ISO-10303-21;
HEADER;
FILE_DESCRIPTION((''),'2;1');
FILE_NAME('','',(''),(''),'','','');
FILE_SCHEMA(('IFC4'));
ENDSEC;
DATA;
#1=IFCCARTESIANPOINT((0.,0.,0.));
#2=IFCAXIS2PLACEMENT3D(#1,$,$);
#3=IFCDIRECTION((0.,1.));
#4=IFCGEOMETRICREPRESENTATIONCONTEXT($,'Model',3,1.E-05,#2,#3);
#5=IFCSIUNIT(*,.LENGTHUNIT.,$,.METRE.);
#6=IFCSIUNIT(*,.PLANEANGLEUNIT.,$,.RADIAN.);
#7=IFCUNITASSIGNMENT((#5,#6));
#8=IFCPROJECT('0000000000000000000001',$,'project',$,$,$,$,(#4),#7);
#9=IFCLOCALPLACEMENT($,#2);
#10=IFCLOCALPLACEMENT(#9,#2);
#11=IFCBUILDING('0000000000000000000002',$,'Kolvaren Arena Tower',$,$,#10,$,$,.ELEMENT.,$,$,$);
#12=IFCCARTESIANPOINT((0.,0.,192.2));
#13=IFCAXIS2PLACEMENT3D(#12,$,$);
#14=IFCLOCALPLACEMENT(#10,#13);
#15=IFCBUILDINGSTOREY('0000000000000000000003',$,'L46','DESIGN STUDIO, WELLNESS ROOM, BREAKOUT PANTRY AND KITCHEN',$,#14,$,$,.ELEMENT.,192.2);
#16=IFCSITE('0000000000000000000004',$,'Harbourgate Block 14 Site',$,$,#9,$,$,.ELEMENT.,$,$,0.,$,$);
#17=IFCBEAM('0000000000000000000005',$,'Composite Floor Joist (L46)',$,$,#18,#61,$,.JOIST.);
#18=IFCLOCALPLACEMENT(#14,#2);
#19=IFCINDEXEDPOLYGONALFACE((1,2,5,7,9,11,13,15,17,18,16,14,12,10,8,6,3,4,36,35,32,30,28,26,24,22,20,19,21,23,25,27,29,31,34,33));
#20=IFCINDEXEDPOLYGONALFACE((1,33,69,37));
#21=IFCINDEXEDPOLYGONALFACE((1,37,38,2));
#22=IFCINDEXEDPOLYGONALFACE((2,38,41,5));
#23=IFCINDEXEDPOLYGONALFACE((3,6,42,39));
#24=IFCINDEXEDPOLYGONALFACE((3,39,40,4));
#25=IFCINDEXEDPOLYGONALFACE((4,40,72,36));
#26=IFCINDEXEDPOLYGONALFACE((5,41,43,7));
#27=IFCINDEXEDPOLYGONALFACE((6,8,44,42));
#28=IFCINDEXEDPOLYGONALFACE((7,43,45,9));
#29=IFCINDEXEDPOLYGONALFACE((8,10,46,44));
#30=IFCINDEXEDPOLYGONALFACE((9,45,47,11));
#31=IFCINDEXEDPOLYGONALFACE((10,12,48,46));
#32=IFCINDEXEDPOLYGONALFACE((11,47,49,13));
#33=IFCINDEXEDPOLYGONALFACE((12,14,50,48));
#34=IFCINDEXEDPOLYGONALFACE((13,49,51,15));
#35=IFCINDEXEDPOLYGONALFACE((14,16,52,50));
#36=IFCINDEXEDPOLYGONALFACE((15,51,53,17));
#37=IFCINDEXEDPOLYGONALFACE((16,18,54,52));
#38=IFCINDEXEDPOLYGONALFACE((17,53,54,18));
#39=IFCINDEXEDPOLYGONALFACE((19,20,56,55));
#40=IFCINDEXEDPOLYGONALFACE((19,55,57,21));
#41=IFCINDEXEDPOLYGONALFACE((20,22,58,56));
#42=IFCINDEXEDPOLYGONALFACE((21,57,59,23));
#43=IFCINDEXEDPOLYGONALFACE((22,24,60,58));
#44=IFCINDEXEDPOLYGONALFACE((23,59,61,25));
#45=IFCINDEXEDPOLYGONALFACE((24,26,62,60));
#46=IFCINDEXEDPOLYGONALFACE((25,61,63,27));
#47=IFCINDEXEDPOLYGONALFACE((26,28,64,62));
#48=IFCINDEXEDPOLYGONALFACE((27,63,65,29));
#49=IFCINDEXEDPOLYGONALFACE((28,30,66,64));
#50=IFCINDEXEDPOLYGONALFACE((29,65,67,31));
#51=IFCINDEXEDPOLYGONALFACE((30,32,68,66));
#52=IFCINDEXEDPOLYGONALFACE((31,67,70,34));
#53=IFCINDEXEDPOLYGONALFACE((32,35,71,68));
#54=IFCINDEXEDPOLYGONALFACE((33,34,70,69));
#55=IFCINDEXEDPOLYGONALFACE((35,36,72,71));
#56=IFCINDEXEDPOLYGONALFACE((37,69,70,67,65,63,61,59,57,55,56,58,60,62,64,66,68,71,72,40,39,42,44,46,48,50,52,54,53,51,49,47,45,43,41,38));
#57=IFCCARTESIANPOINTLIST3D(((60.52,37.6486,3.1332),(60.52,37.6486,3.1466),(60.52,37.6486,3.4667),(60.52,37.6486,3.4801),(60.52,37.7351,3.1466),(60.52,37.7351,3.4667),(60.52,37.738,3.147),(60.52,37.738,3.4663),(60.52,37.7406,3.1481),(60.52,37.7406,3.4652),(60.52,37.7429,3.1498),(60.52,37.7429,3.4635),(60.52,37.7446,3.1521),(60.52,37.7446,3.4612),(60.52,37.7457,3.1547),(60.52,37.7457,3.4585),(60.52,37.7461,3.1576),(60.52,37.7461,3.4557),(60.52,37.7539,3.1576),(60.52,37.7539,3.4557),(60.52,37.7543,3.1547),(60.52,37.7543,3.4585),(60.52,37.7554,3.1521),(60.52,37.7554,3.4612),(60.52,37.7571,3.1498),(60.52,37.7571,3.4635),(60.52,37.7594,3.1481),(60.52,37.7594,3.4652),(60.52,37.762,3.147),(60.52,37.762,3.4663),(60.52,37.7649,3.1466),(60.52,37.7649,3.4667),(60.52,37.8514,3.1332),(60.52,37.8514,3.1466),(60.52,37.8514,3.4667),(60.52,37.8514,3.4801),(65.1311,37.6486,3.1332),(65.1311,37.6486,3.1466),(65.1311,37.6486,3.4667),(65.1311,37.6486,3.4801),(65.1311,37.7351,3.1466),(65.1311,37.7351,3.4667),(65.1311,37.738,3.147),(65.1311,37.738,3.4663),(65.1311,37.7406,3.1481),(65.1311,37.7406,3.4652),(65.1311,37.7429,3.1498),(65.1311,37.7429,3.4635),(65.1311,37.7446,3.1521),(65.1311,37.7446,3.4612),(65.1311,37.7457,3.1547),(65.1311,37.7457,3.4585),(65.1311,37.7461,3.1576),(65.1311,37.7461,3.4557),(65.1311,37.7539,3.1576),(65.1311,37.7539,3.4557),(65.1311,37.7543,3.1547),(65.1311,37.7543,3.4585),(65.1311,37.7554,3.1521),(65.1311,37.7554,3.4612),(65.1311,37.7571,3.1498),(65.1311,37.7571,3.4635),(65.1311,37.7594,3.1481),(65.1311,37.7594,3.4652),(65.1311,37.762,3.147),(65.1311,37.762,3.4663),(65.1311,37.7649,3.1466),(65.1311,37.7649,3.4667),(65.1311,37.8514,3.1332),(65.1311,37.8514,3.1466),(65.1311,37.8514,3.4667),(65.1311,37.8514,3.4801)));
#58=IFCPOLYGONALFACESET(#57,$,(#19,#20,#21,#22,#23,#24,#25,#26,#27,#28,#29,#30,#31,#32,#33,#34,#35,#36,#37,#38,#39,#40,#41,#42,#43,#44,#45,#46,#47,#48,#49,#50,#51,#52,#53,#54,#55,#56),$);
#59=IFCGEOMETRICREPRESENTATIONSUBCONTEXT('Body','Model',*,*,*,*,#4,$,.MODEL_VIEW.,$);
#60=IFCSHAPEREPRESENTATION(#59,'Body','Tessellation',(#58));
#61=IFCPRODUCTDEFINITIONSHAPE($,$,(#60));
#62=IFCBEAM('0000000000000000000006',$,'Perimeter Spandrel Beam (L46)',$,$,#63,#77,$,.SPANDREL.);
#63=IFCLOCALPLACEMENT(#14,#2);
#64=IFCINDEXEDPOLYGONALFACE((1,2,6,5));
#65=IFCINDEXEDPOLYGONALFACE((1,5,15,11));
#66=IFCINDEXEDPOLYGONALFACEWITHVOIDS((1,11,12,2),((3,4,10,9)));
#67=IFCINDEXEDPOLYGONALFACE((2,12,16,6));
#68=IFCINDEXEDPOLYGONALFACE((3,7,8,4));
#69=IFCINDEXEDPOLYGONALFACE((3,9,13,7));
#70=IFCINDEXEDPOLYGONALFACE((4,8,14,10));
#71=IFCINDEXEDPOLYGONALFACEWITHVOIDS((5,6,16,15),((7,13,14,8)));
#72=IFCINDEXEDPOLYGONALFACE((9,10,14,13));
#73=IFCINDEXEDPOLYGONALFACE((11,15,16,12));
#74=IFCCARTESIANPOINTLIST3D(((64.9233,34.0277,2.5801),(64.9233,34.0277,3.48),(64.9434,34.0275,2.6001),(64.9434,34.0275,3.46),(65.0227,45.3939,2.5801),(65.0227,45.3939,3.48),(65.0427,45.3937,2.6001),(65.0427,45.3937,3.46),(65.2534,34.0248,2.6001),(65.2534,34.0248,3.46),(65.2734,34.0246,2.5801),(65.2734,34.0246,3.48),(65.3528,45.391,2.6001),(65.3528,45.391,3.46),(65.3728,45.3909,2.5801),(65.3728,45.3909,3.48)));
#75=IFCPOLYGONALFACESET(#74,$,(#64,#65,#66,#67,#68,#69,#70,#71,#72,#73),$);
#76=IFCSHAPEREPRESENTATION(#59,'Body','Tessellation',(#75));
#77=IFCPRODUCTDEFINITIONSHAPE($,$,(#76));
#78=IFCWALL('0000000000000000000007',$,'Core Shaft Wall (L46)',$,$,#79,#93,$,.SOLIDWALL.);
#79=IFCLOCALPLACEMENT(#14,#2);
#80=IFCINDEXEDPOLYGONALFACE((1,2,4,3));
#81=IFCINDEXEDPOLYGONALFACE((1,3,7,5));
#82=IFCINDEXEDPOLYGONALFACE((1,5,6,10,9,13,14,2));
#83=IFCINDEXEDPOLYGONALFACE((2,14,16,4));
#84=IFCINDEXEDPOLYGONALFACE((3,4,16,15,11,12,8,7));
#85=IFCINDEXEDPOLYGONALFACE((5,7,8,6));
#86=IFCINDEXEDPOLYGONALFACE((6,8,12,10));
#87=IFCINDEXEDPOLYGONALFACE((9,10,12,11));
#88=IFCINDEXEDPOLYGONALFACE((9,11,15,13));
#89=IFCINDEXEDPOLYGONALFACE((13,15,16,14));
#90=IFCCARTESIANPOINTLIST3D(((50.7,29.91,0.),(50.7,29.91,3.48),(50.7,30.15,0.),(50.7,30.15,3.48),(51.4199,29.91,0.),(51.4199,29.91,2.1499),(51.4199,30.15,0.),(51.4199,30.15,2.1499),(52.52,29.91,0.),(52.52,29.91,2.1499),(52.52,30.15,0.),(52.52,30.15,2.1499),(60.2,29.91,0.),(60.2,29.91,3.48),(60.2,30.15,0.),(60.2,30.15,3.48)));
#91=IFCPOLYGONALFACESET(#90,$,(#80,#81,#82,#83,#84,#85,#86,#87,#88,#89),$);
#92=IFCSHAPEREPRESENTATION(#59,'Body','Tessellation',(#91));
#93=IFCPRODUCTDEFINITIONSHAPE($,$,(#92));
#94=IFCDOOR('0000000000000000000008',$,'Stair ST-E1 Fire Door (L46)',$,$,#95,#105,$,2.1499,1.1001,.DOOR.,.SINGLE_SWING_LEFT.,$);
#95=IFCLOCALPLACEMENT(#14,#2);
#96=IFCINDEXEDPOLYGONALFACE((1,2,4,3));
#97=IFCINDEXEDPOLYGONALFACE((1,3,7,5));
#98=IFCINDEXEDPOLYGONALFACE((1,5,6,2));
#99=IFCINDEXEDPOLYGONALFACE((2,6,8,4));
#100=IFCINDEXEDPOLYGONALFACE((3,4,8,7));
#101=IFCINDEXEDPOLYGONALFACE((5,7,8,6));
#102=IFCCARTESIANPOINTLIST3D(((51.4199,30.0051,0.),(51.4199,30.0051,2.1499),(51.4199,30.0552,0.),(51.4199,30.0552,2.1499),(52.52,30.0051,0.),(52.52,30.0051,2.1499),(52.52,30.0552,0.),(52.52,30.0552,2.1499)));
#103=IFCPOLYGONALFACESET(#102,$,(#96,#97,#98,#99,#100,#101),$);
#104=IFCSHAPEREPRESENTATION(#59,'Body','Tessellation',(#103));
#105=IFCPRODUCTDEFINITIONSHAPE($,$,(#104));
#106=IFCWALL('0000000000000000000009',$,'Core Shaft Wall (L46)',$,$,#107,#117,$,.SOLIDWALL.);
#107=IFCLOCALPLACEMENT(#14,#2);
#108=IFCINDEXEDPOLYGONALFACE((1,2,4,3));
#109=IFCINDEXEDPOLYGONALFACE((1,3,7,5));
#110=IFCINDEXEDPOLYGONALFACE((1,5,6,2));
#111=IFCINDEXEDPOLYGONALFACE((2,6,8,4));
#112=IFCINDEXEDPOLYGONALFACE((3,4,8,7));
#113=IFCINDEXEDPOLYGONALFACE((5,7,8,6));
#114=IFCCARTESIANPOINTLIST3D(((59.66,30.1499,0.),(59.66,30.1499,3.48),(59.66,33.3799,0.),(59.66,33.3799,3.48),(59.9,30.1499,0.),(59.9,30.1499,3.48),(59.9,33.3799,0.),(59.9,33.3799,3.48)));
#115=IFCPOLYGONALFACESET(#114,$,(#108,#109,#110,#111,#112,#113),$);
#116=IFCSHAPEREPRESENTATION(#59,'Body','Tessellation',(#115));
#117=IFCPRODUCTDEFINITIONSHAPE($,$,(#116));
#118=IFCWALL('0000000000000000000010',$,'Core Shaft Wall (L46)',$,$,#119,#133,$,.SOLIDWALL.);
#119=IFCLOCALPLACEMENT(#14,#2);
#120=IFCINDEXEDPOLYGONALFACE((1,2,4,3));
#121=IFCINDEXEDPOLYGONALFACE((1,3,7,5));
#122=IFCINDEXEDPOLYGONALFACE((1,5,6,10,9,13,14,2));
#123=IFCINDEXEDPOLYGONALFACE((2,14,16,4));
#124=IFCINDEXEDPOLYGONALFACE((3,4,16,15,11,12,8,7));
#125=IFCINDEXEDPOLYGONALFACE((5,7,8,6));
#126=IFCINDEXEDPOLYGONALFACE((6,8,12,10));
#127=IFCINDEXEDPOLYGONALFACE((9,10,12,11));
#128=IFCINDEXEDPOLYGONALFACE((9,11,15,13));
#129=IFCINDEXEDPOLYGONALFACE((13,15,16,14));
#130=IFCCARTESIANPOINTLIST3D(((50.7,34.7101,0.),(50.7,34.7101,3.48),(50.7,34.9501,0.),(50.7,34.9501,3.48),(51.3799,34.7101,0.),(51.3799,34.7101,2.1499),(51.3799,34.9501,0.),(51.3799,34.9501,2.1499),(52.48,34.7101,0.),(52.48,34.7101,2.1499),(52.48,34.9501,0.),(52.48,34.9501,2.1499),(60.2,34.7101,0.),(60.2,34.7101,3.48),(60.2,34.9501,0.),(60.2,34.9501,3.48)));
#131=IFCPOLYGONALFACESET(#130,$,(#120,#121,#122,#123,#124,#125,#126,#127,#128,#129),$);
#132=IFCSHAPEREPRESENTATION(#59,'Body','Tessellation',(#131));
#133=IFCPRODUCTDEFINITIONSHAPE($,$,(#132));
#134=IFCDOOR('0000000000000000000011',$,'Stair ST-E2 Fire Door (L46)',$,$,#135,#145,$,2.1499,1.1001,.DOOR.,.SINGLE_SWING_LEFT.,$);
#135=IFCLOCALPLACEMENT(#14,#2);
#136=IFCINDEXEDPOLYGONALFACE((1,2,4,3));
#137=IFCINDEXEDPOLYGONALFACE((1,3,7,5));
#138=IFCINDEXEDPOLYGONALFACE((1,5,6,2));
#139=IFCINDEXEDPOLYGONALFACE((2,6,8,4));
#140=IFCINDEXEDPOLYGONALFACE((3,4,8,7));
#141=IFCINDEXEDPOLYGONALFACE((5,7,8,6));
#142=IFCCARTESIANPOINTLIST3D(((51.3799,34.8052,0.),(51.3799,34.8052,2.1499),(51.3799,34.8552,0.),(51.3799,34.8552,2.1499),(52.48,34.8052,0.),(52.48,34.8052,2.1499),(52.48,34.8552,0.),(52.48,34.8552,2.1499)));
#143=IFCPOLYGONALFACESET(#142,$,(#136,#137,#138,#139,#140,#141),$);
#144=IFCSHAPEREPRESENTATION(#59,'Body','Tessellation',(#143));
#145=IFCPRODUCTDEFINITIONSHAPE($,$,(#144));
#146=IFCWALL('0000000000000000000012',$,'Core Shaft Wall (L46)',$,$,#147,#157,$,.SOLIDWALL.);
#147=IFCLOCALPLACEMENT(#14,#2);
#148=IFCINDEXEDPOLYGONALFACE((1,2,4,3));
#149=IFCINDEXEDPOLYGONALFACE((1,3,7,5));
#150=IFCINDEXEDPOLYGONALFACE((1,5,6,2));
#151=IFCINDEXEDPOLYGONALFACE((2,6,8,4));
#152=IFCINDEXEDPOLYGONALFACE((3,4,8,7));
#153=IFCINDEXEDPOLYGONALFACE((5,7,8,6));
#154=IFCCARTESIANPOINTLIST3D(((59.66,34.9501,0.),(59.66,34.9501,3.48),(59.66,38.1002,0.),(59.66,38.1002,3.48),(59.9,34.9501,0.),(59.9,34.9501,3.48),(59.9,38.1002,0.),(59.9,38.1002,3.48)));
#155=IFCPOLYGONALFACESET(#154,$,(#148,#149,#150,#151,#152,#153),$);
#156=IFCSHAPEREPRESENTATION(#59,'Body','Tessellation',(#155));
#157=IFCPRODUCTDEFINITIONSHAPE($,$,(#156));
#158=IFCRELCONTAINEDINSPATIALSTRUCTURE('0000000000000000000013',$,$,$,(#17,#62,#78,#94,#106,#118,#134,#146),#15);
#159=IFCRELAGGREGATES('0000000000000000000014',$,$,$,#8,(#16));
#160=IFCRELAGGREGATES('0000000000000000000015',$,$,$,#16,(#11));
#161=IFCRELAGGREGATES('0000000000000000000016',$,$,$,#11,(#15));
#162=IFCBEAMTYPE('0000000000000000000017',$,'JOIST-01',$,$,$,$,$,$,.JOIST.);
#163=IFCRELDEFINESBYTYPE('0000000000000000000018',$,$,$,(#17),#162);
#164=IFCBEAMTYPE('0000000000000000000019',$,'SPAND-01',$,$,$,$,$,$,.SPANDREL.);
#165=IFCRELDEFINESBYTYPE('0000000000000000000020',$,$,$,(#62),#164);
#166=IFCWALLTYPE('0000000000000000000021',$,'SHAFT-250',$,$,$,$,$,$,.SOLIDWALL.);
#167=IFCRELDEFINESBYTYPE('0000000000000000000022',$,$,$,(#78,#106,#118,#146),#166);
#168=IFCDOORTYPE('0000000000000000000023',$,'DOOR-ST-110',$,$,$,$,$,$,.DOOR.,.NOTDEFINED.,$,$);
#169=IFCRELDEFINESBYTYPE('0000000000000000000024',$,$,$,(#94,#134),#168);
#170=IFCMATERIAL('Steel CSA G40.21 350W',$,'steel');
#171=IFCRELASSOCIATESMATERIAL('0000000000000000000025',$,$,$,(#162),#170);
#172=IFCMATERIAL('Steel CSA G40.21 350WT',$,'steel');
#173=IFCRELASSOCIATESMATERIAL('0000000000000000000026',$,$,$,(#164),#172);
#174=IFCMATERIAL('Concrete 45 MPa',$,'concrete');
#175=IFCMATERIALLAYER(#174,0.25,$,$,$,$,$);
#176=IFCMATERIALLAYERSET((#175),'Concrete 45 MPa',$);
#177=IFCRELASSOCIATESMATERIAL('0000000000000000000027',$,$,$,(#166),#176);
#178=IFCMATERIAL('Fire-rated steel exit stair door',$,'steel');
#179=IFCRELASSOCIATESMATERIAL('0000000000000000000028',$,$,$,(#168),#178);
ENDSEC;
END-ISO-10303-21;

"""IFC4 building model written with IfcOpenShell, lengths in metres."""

from ifc_helpers import new_model, si_unit, direction, frame, frame_2d, origin, origin_2d, place, context, subcontext, project, spatial, rectangle, hollow_rectangle, i_section, extrude, material, layer, layer_set, material_profile, profile_set, type_object, element, fill, save


model = new_model("IFC4")

# Units and contexts
model_context = context("Model", 3, precision=1e-05, world=origin(), true_north=direction((0.0, 1.0)))
body_context = subcontext(model_context, "Body", "Model", "MODEL_VIEW")
ifc_project = project(units=[si_unit("LENGTHUNIT", "METRE"), si_unit("PLANEANGLEUNIT", "RADIAN")], contexts=[model_context])

# Site, building, storey
site_placement = place(None, origin())
site = spatial("IfcSite", under=ifc_project, at=site_placement, Name="Harbourgate Block 14 Site", CompositionType="ELEMENT", RefElevation=0.0)
building_placement = place(site_placement, origin())
building = spatial("IfcBuilding", under=site, at=building_placement, Name="Kolvaren Arena Tower", CompositionType="ELEMENT")
storey_placement = place(building_placement, frame((0.0, 0.0, 192.2)))
storey = spatial("IfcBuildingStorey", under=building, at=storey_placement, Name="L46", Description="DESIGN STUDIO, WELLNESS ROOM, BREAKOUT PANTRY AND KITCHEN", CompositionType="ELEMENT", Elevation=192.2)

# Beams
ifc_material_1 = material(Name="Steel CSA G40.21 350W", Category="steel")
ifc_material_profile_1 = material_profile(ifc_material_1, i_section(OverallWidth=0.2029, OverallDepth=0.3469, WebThickness=0.0078, FlangeThickness=0.0134, FilletRadius=0.011, at=origin_2d()), Name="W360x64")
ifc_profile_set_1 = profile_set([ifc_material_profile_1], Name="Steel CSA G40.21 350W")
beam_type_1 = type_object("IfcBeamType", Name="JOIST-01", PredefinedType="JOIST", material=ifc_profile_set_1)
beam_1_placement = place(storey_placement, frame((60.52, 37.75, 3.3066), z_axis=(1.0, 0.0, 0.0), x_axis=(0.0, 1.0, 0.0)))
element("IfcBeam", 1, at=beam_1_placement, inside=storey, type_object=beam_type_1, Name="Composite Floor Joist (L46)", PredefinedType="JOIST", context=body_context, shape_type="SweptSolid", body=[
    extrude(i_section(OverallWidth=0.2029, OverallDepth=0.3469, WebThickness=0.0078, FlangeThickness=0.0134, FilletRadius=0.011, at=origin_2d()), origin(), (0.0, 0.0, 1.0), 4.6111),
])
ifc_material_2 = material(Name="Steel CSA G40.21 350WT", Category="steel")
ifc_material_profile_2 = material_profile(ifc_material_2, hollow_rectangle(XDim=0.3501, YDim=0.8999, WallThickness=0.02, at=origin_2d()), Name="HSS 900x350x20")
ifc_profile_set_2 = profile_set([ifc_material_profile_2], Name="Steel CSA G40.21 350WT")
beam_type_2 = type_object("IfcBeamType", Name="SPAND-01", PredefinedType="SPANDREL", material=ifc_profile_set_2)
beam_2_placement = place(storey_placement, frame((65.0984, 34.0261, 3.03), z_axis=(0.008742, 0.999962, 0.0), x_axis=(-0.999962, 0.008742, 0.0)))
element("IfcBeam", 2, at=beam_2_placement, inside=storey, type_object=beam_type_2, Name="Perimeter Spandrel Beam (L46)", PredefinedType="SPANDREL", context=body_context, shape_type="SweptSolid", body=[
    extrude(hollow_rectangle(XDim=0.3501, YDim=0.8999, WallThickness=0.02, at=origin_2d()), origin(), (0.0, 0.0, 1.0), 11.3667),
])

# Wall, opening, door
ifc_material_3 = material(Name="Concrete 45 MPa", Category="concrete")
ifc_layer = layer(ifc_material_3, 0.25)
ifc_layer_set = layer_set([ifc_layer], Name="Concrete 45 MPa")
wall_type = type_object("IfcWallType", Name="SHAFT-250", PredefinedType="SOLIDWALL", material=ifc_layer_set)
wall_1_placement = place(storey_placement, frame((60.2, 30.03, 0.0), z_axis=(0.0, 0.0, 1.0), x_axis=(-1.0, 0.0, 0.0)))
wall_1 = element("IfcWall", 3, at=wall_1_placement, inside=storey, type_object=wall_type, Name="Core Shaft Wall (L46)", PredefinedType="SOLIDWALL", context=body_context, shape_type="SweptSolid", body=[
    extrude(rectangle(XDim=9.5, YDim=0.24, at=frame_2d((4.75, 0.0))), origin(), (0.0, 0.0, 1.0), 3.48),
])
opening_1_placement = place(wall_1_placement, frame((7.6799, 0.0, 0.0)))
opening_1 = element("IfcOpeningElement", 4, at=opening_1_placement, cuts=wall_1, PredefinedType="OPENING", context=body_context, shape_type="SweptSolid", body=[
    extrude(rectangle(XDim=1.1001, YDim=2.1499, at=frame_2d((0.55, 1.075))), frame((0.0, 0.1299, 0.0), z_axis=(0.0, -1.0, 0.0), x_axis=(1.0, 0.0, 0.0)), (0.0, 0.0, 1.0), 0.26),
])
ifc_material_4 = material(Name="Fire-rated steel exit stair door", Category="steel")
door_type = type_object("IfcDoorType", Name="DOOR-ST-110", OperationType="NOTDEFINED", PredefinedType="DOOR", material=ifc_material_4)
door_1_placement = place(opening_1_placement, origin())
door_1 = element("IfcDoor", 5, at=door_1_placement, inside=storey, type_object=door_type, Name="Stair ST-E1 Fire Door (L46)", OperationType="SINGLE_SWING_LEFT", OverallHeight=2.1499, OverallWidth=1.1001, PredefinedType="DOOR", context=body_context, shape_type="SweptSolid", body=[
    extrude(rectangle(XDim=1.1001, YDim=2.1499, at=frame_2d((0.55, 1.075))), frame((0.0, 0.0249, 0.0), z_axis=(0.0, -1.0, 0.0), x_axis=(1.0, 0.0, 0.0)), (0.0, 0.0, 1.0), 0.05),
])
fill(opening_1, door_1)

# Wall
wall_2_placement = place(storey_placement, frame((59.78, 30.1499, 0.0), z_axis=(0.0, 0.0, 1.0), x_axis=(0.0, 1.0, 0.0)))
element("IfcWall", 6, at=wall_2_placement, inside=storey, type_object=wall_type, Name="Core Shaft Wall (L46)", PredefinedType="SOLIDWALL", context=body_context, shape_type="SweptSolid", body=[
    extrude(rectangle(XDim=3.23, YDim=0.24, at=frame_2d((1.615, 0.0))), origin(), (0.0, 0.0, 1.0), 3.48),
])

# Wall, opening, door
wall_3_placement = place(storey_placement, frame((60.2, 34.8301, 0.0), z_axis=(0.0, 0.0, 1.0), x_axis=(-1.0, 0.0, 0.0)))
wall_3 = element("IfcWall", 7, at=wall_3_placement, inside=storey, type_object=wall_type, Name="Core Shaft Wall (L46)", PredefinedType="SOLIDWALL", context=body_context, shape_type="SweptSolid", body=[
    extrude(rectangle(XDim=9.5, YDim=0.24, at=frame_2d((4.75, 0.0))), origin(), (0.0, 0.0, 1.0), 3.48),
])
opening_2_placement = place(wall_3_placement, frame((7.72, 0.0, 0.0)))
opening_2 = element("IfcOpeningElement", 8, at=opening_2_placement, cuts=wall_3, PredefinedType="OPENING", context=body_context, shape_type="SweptSolid", body=[
    extrude(rectangle(XDim=1.1001, YDim=2.1499, at=frame_2d((0.55, 1.075))), frame((0.0, 0.1299, 0.0), z_axis=(0.0, -1.0, 0.0), x_axis=(1.0, 0.0, 0.0)), (0.0, 0.0, 1.0), 0.26),
])
door_2_placement = place(opening_2_placement, origin())
door_2 = element("IfcDoor", 9, at=door_2_placement, inside=storey, type_object=door_type, Name="Stair ST-E2 Fire Door (L46)", OperationType="SINGLE_SWING_LEFT", OverallHeight=2.1499, OverallWidth=1.1001, PredefinedType="DOOR", context=body_context, shape_type="SweptSolid", body=[
    extrude(rectangle(XDim=1.1001, YDim=2.1499, at=frame_2d((0.55, 1.075))), frame((0.0, 0.0249, 0.0), z_axis=(0.0, -1.0, 0.0), x_axis=(1.0, 0.0, 0.0)), (0.0, 0.0, 1.0), 0.05),
])
fill(opening_2, door_2)

# Wall
wall_4_placement = place(storey_placement, frame((59.78, 34.95, 0.0), z_axis=(0.0, 0.0, 1.0), x_axis=(0.0, 1.0, 0.0)))
element("IfcWall", 10, at=wall_4_placement, inside=storey, type_object=wall_type, Name="Core Shaft Wall (L46)", PredefinedType="SOLIDWALL", context=body_context, shape_type="SweptSolid", body=[
    extrude(rectangle(XDim=3.1501, YDim=0.24, at=frame_2d((1.5752, 0.0))), origin(), (0.0, 0.0, 1.0), 3.48),
])

save(model, "model.ifc")
